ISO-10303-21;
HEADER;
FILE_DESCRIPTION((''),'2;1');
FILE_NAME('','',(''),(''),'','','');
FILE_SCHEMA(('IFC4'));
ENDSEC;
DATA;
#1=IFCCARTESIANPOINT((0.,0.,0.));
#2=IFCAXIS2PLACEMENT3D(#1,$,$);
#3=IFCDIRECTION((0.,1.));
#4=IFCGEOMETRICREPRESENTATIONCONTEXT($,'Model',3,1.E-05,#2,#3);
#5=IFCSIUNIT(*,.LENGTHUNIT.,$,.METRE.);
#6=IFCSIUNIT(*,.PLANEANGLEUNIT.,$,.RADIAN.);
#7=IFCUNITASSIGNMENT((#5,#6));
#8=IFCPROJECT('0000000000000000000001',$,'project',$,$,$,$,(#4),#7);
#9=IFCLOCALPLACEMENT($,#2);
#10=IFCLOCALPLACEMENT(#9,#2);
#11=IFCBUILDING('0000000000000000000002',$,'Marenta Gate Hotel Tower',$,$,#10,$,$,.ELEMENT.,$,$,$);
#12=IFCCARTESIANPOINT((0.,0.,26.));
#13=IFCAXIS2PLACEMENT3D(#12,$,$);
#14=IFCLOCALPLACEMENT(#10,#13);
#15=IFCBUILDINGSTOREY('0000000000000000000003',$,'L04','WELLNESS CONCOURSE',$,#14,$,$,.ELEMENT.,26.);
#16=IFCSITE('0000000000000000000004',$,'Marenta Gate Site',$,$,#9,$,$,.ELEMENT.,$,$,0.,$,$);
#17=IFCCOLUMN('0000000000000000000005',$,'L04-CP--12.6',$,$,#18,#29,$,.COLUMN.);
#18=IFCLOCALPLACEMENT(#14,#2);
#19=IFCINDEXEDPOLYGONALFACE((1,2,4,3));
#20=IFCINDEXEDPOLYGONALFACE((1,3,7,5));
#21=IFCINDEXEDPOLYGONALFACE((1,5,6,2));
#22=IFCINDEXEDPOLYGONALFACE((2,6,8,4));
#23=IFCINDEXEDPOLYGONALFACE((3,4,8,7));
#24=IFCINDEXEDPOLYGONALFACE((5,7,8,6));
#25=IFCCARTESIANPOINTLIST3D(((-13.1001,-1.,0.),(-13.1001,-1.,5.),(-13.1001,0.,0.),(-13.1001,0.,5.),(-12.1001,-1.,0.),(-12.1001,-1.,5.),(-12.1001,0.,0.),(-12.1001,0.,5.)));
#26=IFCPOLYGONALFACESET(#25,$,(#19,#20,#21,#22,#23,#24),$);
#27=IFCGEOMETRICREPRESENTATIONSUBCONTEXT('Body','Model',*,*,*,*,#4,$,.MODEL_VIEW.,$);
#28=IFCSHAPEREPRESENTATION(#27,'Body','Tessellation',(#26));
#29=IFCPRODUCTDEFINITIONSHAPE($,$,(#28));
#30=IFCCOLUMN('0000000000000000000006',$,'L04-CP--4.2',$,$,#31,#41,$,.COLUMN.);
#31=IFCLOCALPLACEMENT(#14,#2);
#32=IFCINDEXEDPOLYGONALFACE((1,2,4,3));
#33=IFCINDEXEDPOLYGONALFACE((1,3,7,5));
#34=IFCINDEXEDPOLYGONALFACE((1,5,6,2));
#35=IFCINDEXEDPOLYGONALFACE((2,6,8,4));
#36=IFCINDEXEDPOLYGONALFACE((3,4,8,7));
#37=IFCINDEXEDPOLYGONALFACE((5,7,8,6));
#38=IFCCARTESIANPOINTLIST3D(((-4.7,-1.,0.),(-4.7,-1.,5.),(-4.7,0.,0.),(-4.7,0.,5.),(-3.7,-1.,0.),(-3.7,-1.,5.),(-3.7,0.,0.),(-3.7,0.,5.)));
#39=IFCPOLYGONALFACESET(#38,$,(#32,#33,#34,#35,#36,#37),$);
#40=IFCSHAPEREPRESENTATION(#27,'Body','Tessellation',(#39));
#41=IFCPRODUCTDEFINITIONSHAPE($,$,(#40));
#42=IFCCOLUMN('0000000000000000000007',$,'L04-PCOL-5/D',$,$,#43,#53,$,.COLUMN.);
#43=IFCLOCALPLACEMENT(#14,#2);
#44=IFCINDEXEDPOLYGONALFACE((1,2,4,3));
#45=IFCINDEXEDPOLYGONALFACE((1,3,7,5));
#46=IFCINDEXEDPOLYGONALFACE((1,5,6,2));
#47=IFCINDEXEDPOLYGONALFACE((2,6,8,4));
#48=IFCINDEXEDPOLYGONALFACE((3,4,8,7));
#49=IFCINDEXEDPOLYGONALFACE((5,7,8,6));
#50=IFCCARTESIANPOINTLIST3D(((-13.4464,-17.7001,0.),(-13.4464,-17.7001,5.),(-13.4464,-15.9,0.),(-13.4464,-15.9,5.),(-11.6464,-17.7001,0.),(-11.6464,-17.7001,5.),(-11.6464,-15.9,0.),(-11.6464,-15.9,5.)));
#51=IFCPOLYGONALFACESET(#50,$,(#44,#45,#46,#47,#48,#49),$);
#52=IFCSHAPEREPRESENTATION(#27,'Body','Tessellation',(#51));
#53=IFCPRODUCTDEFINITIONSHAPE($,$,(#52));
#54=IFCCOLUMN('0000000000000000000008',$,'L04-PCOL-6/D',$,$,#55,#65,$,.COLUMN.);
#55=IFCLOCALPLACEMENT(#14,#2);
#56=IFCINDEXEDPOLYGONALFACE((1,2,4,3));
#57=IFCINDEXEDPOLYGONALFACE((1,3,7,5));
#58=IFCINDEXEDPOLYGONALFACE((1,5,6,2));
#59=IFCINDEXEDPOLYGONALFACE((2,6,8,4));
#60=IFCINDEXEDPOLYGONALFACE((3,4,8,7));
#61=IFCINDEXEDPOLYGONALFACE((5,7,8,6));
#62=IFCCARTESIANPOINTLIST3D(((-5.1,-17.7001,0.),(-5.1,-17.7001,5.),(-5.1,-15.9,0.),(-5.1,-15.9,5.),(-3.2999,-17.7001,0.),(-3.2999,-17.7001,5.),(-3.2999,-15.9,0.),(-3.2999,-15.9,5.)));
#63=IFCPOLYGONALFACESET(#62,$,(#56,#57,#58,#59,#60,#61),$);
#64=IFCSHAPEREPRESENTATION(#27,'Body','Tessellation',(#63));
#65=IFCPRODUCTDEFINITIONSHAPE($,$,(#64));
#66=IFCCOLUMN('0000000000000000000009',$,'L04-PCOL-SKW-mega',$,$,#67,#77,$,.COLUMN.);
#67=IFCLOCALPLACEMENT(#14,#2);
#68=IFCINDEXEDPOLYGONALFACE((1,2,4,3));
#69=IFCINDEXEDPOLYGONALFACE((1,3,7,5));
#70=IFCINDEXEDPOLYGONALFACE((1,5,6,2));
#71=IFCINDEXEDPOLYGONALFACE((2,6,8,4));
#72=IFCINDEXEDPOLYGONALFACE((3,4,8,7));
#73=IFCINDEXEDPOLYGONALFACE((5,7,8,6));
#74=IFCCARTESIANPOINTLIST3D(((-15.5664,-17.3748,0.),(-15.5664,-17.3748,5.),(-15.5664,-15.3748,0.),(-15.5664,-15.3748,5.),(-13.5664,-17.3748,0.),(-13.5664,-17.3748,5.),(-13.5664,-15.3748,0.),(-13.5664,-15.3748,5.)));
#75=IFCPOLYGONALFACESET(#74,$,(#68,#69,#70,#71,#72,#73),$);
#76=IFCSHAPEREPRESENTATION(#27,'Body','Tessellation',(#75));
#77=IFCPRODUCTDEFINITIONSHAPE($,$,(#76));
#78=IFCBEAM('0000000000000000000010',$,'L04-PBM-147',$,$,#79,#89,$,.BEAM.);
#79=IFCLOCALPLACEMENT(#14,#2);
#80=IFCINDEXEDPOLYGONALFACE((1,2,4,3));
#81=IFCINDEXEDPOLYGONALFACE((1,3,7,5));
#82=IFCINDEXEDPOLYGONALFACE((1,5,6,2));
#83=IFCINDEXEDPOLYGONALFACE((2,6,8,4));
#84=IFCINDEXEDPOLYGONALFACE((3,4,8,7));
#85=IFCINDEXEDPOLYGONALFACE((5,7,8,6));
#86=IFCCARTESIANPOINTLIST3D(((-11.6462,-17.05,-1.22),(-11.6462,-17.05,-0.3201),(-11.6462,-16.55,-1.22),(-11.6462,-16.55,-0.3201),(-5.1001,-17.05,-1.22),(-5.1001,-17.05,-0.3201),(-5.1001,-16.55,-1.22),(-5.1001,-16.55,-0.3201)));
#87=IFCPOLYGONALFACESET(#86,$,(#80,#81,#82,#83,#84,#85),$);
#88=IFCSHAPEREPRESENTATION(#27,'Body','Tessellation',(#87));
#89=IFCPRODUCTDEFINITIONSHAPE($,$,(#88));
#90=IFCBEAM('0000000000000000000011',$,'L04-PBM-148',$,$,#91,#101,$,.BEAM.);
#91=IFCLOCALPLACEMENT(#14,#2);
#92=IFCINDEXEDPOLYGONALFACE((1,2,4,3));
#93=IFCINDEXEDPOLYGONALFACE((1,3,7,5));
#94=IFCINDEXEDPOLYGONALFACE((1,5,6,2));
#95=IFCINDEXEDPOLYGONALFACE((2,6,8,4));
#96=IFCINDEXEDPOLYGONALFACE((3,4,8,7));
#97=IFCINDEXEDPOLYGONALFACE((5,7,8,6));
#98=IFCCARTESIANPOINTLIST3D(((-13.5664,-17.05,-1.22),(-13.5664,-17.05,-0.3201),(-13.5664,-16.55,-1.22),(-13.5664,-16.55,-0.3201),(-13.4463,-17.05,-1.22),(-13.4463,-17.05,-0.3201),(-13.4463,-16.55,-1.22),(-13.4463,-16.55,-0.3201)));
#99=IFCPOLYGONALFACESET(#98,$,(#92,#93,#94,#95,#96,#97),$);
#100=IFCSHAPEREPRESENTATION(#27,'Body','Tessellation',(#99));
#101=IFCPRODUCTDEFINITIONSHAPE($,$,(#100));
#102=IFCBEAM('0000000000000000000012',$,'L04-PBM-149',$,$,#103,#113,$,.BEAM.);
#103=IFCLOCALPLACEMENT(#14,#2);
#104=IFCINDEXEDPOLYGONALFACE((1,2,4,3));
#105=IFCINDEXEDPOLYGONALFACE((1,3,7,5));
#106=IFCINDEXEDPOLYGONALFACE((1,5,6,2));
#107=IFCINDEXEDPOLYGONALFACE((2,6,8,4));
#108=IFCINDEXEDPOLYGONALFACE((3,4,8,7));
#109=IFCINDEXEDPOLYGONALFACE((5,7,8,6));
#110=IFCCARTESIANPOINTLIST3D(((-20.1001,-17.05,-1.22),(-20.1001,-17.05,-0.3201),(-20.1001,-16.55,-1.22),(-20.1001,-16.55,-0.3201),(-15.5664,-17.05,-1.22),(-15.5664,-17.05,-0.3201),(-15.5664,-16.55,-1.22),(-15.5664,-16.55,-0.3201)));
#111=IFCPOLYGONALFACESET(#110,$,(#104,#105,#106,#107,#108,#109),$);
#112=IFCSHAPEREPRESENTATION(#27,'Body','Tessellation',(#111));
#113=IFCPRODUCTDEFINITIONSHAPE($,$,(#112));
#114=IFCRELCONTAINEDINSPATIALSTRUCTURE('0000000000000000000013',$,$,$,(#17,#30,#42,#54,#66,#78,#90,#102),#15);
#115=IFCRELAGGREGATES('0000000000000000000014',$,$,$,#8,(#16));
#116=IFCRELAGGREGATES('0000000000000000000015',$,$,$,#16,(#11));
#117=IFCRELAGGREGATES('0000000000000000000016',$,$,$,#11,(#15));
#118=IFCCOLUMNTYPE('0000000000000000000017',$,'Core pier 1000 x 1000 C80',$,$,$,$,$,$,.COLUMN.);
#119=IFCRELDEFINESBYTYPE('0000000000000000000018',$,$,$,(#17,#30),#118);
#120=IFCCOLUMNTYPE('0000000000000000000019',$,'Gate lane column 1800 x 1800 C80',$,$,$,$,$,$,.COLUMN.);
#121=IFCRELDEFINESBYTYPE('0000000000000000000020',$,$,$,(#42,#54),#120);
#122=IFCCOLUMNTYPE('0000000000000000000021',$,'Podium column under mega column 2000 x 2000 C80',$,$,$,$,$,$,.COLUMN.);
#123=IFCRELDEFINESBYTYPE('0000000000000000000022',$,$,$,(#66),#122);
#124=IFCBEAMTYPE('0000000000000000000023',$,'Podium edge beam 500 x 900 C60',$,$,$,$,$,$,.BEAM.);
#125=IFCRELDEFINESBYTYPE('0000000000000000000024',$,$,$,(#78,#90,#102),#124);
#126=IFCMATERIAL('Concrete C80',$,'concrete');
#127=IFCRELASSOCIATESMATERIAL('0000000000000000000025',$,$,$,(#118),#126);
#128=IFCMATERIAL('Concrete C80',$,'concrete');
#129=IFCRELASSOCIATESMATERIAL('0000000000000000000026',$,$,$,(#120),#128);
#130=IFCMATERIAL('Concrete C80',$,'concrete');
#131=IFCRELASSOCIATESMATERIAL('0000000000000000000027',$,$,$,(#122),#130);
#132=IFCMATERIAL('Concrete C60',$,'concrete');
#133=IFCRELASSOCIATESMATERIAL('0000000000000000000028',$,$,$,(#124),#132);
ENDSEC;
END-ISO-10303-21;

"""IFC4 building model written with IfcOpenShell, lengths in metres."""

from ifc_helpers import new_model, si_unit, direction, frame, origin, origin_2d, place, context, subcontext, project, spatial, rectangle, extrude, material, material_profile, profile_set, type_object, element, save


model = new_model("IFC4")

# Units and contexts
model_context = context("Model", 3, precision=1e-05, world=origin(), true_north=direction((0.0, 1.0)))
body_context = subcontext(model_context, "Body", "Model", "MODEL_VIEW")
ifc_project = project(units=[si_unit("LENGTHUNIT", "METRE"), si_unit("PLANEANGLEUNIT", "RADIAN")], contexts=[model_context])

# Site, building, storey
site_placement = place(None, origin())
site = spatial("IfcSite", under=ifc_project, at=site_placement, Name="Marenta Gate Site", CompositionType="ELEMENT", RefElevation=0.0)
building_placement = place(site_placement, origin())
building = spatial("IfcBuilding", under=site, at=building_placement, Name="Marenta Gate Hotel Tower", CompositionType="ELEMENT")
storey_placement = place(building_placement, frame((0.0, 0.0, 26.0)))
storey = spatial("IfcBuildingStorey", under=building, at=storey_placement, Name="L04", Description="WELLNESS CONCOURSE", CompositionType="ELEMENT", Elevation=26.0)

# Columns
ifc_material_1 = material(Name="Concrete C80", Category="concrete")
ifc_material_profile_1 = material_profile(ifc_material_1, rectangle(XDim=1.0, YDim=1.0, at=origin_2d()), Name="1000 x 1000")
ifc_profile_set_1 = profile_set([ifc_material_profile_1], Name="Concrete C80")
column_type_1 = type_object("IfcColumnType", Name="Core pier 1000 x 1000 C80", PredefinedType="COLUMN", material=ifc_profile_set_1)
for number, where, z_axis, x_axis, name in (
    (1, (-12.6001, -0.5, 0.0), (0.0, 0.0, 1.0), (1.0, 0.0, 0.0), "L04-CP--12.6"),
    (2, (-4.2, -0.5, 0.0), (0.0, 0.0, 1.0), (1.0, 0.0, 0.0), "L04-CP--4.2"),
):
    element("IfcColumn", number, at=place(storey_placement, frame(where, z_axis=z_axis, x_axis=x_axis)), inside=storey, type_object=column_type_1, Name=name, PredefinedType="COLUMN", context=body_context, shape_type="SweptSolid", body=[
        extrude(rectangle(XDim=1.0, YDim=1.0, at=origin_2d()), origin(), (0.0, 0.0, 1.0), 5.0),
    ])
ifc_material_2 = material(Name="Concrete C80", Category="concrete")
ifc_material_profile_2 = material_profile(ifc_material_2, rectangle(XDim=1.8, YDim=1.8, at=origin_2d()), Name="1800 x 1800")
ifc_profile_set_2 = profile_set([ifc_material_profile_2], Name="Concrete C80")
column_type_2 = type_object("IfcColumnType", Name="Gate lane column 1800 x 1800 C80", PredefinedType="COLUMN", material=ifc_profile_set_2)
for number, where, z_axis, x_axis, name in (
    (3, (-12.5464, -16.8, 0.0), (0.0, 0.0, 1.0), (1.0, 0.0, 0.0), "L04-PCOL-5/D"),
    (4, (-4.2, -16.8, 0.0), (0.0, 0.0, 1.0), (1.0, 0.0, 0.0), "L04-PCOL-6/D"),
):
    element("IfcColumn", number, at=place(storey_placement, frame(where, z_axis=z_axis, x_axis=x_axis)), inside=storey, type_object=column_type_2, Name=name, PredefinedType="COLUMN", context=body_context, shape_type="SweptSolid", body=[
        extrude(rectangle(XDim=1.8, YDim=1.8, at=origin_2d()), origin(), (0.0, 0.0, 1.0), 5.0),
    ])
ifc_material_3 = material(Name="Concrete C80", Category="concrete")
ifc_material_profile_3 = material_profile(ifc_material_3, rectangle(XDim=2.0, YDim=2.0, at=origin_2d()), Name="2000 x 2000")
ifc_profile_set_3 = profile_set([ifc_material_profile_3], Name="Concrete C80")
column_type_3 = type_object("IfcColumnType", Name="Podium column under mega column 2000 x 2000 C80", PredefinedType="COLUMN", material=ifc_profile_set_3)
column_placement = place(storey_placement, frame((-14.5664, -16.3748, 0.0), z_axis=(0.0, 0.0, 1.0), x_axis=(1.0, 0.0, 0.0)))
element("IfcColumn", 5, at=column_placement, inside=storey, type_object=column_type_3, Name="L04-PCOL-SKW-mega", PredefinedType="COLUMN", context=body_context, shape_type="SweptSolid", body=[
    extrude(rectangle(XDim=2.0, YDim=2.0, at=origin_2d()), origin(), (0.0, 0.0, 1.0), 5.0),
])

# Beams
ifc_material_4 = material(Name="Concrete C60", Category="concrete")
ifc_material_profile_4 = material_profile(ifc_material_4, rectangle(XDim=0.5, YDim=0.8999, at=origin_2d()), Name="500 x 900")
ifc_profile_set_4 = profile_set([ifc_material_profile_4], Name="Concrete C60")
beam_type = type_object("IfcBeamType", Name="Podium edge beam 500 x 900 C60", PredefinedType="BEAM", material=ifc_profile_set_4)
beam_1_placement = place(storey_placement, frame((-5.1001, -16.8, -0.77), z_axis=(-1.0, 0.0, 0.0), x_axis=(0.0, -1.0, 0.0)))
element("IfcBeam", 6, at=beam_1_placement, inside=storey, type_object=beam_type, Name="L04-PBM-147", PredefinedType="BEAM", context=body_context, shape_type="SweptSolid", body=[
    extrude(rectangle(XDim=0.5, YDim=0.8999, at=origin_2d()), origin(), (0.0, 0.0, 1.0), 6.5461),
])
beam_2_placement = place(storey_placement, frame((-13.4463, -16.8, -0.77), z_axis=(-1.0, 0.0, 0.0), x_axis=(0.0, -1.0, 0.0)))
element("IfcBeam", 7, at=beam_2_placement, inside=storey, type_object=beam_type, Name="L04-PBM-148", PredefinedType="BEAM", context=body_context, shape_type="SweptSolid", body=[
    extrude(rectangle(XDim=0.5, YDim=0.8999, at=origin_2d()), origin(), (0.0, 0.0, 1.0), 0.1201),
])
beam_3_placement = place(storey_placement, frame((-15.5664, -16.8, -0.77), z_axis=(-1.0, 0.0, 0.0), x_axis=(0.0, -1.0, 0.0)))
element("IfcBeam", 8, at=beam_3_placement, inside=storey, type_object=beam_type, Name="L04-PBM-149", PredefinedType="BEAM", context=body_context, shape_type="SweptSolid", body=[
    extrude(rectangle(XDim=0.5, YDim=0.8999, at=origin_2d()), origin(), (0.0, 0.0, 1.0), 4.5337),
])

save(model, "model.ifc")
